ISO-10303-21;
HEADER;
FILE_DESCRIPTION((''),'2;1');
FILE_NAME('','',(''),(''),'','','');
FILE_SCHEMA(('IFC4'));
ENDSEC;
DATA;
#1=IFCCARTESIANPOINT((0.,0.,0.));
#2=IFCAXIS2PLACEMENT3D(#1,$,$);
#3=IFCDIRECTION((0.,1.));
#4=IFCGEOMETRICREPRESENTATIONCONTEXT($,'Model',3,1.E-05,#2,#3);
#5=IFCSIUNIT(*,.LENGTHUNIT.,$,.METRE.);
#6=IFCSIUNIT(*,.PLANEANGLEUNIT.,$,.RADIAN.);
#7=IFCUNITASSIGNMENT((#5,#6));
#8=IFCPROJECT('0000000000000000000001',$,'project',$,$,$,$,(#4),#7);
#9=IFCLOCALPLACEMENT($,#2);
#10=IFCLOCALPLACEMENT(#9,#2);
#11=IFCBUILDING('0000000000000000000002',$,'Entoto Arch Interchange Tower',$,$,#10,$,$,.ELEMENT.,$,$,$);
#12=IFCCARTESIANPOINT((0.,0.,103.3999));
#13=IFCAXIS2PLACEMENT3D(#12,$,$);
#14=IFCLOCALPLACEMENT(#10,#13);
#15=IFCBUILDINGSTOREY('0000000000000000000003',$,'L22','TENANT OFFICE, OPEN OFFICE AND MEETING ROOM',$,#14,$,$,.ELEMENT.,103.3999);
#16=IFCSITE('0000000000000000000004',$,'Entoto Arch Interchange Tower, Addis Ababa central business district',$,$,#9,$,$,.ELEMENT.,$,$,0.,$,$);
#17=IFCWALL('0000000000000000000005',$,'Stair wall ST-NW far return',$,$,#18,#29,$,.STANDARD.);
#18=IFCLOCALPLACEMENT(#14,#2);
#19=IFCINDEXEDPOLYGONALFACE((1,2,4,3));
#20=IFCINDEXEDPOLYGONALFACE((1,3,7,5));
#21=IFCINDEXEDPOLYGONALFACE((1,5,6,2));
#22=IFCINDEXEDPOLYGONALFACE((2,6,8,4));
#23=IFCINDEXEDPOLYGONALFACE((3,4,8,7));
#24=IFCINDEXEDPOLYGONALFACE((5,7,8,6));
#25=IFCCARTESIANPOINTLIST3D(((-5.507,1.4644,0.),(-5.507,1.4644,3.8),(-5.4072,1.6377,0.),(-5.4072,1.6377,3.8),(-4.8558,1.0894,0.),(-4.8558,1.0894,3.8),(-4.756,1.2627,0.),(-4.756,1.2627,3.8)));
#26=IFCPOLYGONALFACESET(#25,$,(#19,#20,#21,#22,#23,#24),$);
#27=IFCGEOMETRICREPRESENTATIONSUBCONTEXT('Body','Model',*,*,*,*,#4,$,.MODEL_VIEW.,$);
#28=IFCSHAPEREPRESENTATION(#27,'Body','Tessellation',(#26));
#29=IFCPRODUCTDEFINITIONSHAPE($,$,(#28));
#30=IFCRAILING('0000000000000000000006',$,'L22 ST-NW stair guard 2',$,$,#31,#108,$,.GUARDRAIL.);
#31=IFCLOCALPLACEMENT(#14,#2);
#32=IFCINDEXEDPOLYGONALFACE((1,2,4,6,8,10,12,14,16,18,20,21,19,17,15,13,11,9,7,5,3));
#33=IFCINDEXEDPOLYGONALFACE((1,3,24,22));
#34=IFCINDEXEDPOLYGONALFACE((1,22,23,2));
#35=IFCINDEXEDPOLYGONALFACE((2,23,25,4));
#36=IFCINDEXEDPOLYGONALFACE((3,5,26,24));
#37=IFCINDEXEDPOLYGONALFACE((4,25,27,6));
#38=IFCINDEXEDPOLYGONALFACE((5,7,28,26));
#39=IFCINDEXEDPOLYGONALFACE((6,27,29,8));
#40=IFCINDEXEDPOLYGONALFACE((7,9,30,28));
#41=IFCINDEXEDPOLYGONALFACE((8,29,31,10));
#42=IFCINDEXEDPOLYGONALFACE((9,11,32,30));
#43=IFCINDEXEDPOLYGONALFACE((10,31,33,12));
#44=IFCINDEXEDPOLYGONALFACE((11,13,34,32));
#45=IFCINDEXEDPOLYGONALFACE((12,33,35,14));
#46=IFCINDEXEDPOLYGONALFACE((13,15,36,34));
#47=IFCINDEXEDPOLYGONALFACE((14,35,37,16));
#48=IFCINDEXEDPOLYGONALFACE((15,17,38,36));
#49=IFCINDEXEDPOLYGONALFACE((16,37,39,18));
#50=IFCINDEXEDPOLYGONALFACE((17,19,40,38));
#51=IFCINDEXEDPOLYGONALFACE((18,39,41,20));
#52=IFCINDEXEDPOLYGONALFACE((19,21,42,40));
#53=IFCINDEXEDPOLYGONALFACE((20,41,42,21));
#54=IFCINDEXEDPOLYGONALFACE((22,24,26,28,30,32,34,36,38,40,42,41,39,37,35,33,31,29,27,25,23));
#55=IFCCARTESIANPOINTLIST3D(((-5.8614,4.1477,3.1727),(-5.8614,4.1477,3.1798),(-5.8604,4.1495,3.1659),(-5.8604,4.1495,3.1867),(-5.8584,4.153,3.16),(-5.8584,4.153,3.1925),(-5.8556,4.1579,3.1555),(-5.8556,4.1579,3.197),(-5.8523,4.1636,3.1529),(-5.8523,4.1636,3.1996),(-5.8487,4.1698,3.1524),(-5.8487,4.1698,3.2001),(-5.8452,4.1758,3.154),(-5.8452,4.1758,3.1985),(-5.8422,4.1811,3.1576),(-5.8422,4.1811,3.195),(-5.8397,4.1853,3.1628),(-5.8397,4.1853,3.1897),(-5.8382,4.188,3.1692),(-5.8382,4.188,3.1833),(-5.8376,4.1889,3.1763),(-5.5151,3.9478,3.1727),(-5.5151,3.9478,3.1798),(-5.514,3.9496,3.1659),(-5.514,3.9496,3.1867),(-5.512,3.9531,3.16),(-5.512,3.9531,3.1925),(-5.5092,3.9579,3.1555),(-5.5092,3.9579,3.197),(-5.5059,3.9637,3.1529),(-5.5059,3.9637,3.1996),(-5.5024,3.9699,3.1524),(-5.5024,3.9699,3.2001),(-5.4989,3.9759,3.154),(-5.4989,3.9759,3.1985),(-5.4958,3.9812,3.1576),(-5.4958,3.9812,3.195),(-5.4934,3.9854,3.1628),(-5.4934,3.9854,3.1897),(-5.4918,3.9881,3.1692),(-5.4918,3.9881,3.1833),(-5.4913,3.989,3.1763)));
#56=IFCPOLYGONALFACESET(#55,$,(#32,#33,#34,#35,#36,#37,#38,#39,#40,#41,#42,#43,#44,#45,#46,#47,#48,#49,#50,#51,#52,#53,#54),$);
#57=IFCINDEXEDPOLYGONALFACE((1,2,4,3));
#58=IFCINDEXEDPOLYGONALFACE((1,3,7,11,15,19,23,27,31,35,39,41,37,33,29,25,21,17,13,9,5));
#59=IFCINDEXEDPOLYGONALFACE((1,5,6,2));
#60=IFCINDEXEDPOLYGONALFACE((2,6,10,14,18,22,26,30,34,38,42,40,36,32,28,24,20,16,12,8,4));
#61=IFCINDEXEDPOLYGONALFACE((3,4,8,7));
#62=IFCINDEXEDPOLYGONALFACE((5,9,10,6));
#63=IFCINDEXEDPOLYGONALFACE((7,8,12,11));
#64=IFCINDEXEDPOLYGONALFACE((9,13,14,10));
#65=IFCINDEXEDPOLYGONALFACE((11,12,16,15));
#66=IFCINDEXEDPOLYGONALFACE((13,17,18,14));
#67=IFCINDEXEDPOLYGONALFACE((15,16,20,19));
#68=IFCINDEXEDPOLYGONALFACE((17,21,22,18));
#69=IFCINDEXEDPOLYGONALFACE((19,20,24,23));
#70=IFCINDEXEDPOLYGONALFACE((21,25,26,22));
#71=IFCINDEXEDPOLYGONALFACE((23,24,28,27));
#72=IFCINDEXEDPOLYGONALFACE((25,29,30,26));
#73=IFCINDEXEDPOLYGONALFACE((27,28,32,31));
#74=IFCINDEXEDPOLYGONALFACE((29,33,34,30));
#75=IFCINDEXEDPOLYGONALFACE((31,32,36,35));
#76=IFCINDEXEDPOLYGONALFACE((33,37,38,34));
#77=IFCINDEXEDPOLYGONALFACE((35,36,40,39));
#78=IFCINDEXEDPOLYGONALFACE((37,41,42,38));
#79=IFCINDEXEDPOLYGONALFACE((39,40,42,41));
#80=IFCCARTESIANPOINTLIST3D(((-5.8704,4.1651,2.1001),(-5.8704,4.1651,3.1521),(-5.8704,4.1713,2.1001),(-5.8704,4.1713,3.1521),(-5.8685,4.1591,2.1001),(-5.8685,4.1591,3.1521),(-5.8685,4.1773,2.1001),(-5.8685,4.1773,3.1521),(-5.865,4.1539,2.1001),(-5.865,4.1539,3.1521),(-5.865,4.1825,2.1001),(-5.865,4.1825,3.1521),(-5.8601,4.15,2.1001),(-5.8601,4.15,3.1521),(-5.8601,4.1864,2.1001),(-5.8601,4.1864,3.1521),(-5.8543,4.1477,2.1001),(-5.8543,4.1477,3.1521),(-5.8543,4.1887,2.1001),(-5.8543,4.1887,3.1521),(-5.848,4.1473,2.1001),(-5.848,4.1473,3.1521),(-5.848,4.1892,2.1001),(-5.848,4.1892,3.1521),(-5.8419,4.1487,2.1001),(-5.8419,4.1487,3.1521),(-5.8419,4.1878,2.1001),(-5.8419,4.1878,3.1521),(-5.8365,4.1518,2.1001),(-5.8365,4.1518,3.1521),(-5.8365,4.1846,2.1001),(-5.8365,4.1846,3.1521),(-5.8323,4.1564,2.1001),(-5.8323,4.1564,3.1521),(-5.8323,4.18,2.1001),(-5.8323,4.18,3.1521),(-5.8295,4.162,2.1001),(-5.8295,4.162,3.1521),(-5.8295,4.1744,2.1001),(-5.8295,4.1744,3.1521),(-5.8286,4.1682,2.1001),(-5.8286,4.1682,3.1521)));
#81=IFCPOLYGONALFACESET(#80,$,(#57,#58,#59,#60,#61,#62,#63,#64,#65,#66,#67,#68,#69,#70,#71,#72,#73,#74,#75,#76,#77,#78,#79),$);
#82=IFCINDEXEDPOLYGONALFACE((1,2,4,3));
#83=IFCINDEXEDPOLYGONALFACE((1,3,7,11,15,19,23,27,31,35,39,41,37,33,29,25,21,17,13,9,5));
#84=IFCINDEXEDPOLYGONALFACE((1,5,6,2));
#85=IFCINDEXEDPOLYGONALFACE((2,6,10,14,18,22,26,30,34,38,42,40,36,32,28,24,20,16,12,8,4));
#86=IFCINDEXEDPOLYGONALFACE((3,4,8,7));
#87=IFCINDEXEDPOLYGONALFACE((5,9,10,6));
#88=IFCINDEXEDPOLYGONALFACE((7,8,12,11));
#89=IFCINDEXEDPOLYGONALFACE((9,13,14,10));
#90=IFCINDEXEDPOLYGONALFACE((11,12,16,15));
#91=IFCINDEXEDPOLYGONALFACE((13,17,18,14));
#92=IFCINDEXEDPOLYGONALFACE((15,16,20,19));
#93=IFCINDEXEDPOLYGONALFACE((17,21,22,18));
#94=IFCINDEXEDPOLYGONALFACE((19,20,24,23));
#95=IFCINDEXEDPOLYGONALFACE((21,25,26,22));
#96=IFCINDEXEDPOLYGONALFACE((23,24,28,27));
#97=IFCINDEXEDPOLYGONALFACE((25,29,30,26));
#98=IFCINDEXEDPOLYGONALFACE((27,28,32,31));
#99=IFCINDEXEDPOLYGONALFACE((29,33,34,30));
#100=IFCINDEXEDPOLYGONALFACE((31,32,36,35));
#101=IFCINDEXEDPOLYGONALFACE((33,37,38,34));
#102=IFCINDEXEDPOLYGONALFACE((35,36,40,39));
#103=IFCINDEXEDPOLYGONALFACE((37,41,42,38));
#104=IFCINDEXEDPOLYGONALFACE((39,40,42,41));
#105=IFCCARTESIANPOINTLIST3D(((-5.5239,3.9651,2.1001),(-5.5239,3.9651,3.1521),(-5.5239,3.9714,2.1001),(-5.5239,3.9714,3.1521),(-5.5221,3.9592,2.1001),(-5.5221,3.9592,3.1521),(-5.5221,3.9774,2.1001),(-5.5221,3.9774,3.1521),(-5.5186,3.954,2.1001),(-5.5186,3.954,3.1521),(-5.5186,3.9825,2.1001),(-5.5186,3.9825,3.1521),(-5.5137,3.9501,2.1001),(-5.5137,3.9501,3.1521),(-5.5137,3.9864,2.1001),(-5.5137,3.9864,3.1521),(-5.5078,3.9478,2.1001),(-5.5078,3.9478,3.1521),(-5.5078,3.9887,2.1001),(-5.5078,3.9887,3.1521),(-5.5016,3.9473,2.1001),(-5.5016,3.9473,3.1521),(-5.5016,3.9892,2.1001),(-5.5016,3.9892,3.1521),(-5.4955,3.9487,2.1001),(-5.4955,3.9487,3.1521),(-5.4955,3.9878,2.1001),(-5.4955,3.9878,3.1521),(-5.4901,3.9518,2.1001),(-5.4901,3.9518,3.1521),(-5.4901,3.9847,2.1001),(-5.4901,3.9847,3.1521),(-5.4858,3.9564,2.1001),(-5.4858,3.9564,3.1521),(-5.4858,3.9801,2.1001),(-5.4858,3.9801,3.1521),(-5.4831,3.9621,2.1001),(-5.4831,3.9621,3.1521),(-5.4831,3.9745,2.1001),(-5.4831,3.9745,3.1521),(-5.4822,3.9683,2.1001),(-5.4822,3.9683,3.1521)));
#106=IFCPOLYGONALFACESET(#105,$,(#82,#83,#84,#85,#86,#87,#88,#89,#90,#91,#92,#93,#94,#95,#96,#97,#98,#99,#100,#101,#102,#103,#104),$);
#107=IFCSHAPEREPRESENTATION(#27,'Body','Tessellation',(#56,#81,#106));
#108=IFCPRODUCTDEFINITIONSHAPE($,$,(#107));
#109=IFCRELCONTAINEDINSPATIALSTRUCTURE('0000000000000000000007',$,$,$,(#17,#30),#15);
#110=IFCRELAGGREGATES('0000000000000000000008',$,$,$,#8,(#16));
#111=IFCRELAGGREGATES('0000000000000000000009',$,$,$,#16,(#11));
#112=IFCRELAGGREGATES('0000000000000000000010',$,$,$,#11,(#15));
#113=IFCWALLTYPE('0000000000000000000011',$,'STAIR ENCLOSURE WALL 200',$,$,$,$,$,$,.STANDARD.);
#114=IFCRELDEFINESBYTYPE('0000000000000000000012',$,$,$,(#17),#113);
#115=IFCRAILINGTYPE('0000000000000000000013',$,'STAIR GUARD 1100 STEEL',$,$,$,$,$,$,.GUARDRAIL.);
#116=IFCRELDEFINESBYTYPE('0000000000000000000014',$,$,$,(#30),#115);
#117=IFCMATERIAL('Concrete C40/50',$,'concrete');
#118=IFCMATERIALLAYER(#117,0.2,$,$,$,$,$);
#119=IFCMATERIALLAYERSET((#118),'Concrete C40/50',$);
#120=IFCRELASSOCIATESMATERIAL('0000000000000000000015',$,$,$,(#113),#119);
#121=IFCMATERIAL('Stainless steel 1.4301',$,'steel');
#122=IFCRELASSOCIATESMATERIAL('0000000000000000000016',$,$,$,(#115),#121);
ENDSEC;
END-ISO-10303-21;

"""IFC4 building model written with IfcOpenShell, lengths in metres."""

from ifc_helpers import new_model, si_unit, direction, frame, frame_2d, origin, origin_2d, place, context, subcontext, project, spatial, rectangle, circle, extrude, material, layer, layer_set, type_object, element, save


model = new_model("IFC4")

# Units and contexts
model_context = context("Model", 3, precision=1e-05, world=origin(), true_north=direction((0.0, 1.0)))
body_context = subcontext(model_context, "Body", "Model", "MODEL_VIEW")
ifc_project = project(units=[si_unit("LENGTHUNIT", "METRE"), si_unit("PLANEANGLEUNIT", "RADIAN")], contexts=[model_context])

# Site, building, storey
site_placement = place(None, origin())
site = spatial("IfcSite", under=ifc_project, at=site_placement, Name="Entoto Arch Interchange Tower, Addis Ababa central business district", CompositionType="ELEMENT", RefElevation=0.0)
building_placement = place(site_placement, origin())
building = spatial("IfcBuilding", under=site, at=building_placement, Name="Entoto Arch Interchange Tower", CompositionType="ELEMENT")
storey_placement = place(building_placement, frame((0.0, 0.0, 103.3999)))
storey = spatial("IfcBuildingStorey", under=building, at=storey_placement, Name="L22", Description="TENANT OFFICE, OPEN OFFICE AND MEETING ROOM", CompositionType="ELEMENT", Elevation=103.3999)

# Shared definitions
ifc_material_1 = material(Name="Concrete C40/50", Category="concrete")

# Wall
ifc_layer_1 = layer(ifc_material_1, 0.2)
ifc_layer_set_1 = layer_set([ifc_layer_1], Name="Concrete C40/50")
wall_type_1 = type_object("IfcWallType", Name="STAIR ENCLOSURE WALL 200", PredefinedType="STANDARD", material=ifc_layer_set_1)
wall_1_placement = place(storey_placement, frame((-4.8059, 1.176, 0.0), z_axis=(0.0, 0.0, 1.0), x_axis=(-0.866559, 0.499075, 0.0)))
element("IfcWall", 1, at=wall_1_placement, inside=storey, type_object=wall_type_1, Name="Stair wall ST-NW far return", PredefinedType="STANDARD", context=body_context, shape_type="SweptSolid", body=[
    extrude(rectangle(XDim=0.7515, YDim=0.2, at=frame_2d((0.3757, 0.0))), origin(), (0.0, 0.0, 1.0), 3.8),
])

# Railing
ifc_material_2 = material(Name="Stainless steel 1.4301", Category="steel")
railing_type = type_object("IfcRailingType", Name="STAIR GUARD 1100 STEEL", PredefinedType="GUARDRAIL", material=ifc_material_2)
railing_1_placement = place(storey_placement, frame((-5.8496, 4.1682, 2.1001)))
element("IfcRailing", 2, at=railing_1_placement, inside=storey, type_object=railing_type, Name="L22 ST-NW stair guard 2", PredefinedType="GUARDRAIL", context=body_context, shape_type="SweptSolid", body=[
    extrude(circle(Radius=0.0239, at=origin_2d()), frame((0.0, 0.0, 1.0762), z_axis=(0.866094, -0.499881, 0.0), x_axis=(0.499881, 0.866094, 0.0)), (0.0, 0.0, 1.0), 0.3999),
    extrude(circle(Radius=0.021, at=origin_2d()), origin(), (0.0, 0.0, 1.0), 1.052),
    extrude(circle(Radius=0.021, at=origin_2d()), frame((0.3464, -0.2, 0.0)), (0.0, 0.0, 1.0), 1.052),
])

save(model, "model.ifc")
